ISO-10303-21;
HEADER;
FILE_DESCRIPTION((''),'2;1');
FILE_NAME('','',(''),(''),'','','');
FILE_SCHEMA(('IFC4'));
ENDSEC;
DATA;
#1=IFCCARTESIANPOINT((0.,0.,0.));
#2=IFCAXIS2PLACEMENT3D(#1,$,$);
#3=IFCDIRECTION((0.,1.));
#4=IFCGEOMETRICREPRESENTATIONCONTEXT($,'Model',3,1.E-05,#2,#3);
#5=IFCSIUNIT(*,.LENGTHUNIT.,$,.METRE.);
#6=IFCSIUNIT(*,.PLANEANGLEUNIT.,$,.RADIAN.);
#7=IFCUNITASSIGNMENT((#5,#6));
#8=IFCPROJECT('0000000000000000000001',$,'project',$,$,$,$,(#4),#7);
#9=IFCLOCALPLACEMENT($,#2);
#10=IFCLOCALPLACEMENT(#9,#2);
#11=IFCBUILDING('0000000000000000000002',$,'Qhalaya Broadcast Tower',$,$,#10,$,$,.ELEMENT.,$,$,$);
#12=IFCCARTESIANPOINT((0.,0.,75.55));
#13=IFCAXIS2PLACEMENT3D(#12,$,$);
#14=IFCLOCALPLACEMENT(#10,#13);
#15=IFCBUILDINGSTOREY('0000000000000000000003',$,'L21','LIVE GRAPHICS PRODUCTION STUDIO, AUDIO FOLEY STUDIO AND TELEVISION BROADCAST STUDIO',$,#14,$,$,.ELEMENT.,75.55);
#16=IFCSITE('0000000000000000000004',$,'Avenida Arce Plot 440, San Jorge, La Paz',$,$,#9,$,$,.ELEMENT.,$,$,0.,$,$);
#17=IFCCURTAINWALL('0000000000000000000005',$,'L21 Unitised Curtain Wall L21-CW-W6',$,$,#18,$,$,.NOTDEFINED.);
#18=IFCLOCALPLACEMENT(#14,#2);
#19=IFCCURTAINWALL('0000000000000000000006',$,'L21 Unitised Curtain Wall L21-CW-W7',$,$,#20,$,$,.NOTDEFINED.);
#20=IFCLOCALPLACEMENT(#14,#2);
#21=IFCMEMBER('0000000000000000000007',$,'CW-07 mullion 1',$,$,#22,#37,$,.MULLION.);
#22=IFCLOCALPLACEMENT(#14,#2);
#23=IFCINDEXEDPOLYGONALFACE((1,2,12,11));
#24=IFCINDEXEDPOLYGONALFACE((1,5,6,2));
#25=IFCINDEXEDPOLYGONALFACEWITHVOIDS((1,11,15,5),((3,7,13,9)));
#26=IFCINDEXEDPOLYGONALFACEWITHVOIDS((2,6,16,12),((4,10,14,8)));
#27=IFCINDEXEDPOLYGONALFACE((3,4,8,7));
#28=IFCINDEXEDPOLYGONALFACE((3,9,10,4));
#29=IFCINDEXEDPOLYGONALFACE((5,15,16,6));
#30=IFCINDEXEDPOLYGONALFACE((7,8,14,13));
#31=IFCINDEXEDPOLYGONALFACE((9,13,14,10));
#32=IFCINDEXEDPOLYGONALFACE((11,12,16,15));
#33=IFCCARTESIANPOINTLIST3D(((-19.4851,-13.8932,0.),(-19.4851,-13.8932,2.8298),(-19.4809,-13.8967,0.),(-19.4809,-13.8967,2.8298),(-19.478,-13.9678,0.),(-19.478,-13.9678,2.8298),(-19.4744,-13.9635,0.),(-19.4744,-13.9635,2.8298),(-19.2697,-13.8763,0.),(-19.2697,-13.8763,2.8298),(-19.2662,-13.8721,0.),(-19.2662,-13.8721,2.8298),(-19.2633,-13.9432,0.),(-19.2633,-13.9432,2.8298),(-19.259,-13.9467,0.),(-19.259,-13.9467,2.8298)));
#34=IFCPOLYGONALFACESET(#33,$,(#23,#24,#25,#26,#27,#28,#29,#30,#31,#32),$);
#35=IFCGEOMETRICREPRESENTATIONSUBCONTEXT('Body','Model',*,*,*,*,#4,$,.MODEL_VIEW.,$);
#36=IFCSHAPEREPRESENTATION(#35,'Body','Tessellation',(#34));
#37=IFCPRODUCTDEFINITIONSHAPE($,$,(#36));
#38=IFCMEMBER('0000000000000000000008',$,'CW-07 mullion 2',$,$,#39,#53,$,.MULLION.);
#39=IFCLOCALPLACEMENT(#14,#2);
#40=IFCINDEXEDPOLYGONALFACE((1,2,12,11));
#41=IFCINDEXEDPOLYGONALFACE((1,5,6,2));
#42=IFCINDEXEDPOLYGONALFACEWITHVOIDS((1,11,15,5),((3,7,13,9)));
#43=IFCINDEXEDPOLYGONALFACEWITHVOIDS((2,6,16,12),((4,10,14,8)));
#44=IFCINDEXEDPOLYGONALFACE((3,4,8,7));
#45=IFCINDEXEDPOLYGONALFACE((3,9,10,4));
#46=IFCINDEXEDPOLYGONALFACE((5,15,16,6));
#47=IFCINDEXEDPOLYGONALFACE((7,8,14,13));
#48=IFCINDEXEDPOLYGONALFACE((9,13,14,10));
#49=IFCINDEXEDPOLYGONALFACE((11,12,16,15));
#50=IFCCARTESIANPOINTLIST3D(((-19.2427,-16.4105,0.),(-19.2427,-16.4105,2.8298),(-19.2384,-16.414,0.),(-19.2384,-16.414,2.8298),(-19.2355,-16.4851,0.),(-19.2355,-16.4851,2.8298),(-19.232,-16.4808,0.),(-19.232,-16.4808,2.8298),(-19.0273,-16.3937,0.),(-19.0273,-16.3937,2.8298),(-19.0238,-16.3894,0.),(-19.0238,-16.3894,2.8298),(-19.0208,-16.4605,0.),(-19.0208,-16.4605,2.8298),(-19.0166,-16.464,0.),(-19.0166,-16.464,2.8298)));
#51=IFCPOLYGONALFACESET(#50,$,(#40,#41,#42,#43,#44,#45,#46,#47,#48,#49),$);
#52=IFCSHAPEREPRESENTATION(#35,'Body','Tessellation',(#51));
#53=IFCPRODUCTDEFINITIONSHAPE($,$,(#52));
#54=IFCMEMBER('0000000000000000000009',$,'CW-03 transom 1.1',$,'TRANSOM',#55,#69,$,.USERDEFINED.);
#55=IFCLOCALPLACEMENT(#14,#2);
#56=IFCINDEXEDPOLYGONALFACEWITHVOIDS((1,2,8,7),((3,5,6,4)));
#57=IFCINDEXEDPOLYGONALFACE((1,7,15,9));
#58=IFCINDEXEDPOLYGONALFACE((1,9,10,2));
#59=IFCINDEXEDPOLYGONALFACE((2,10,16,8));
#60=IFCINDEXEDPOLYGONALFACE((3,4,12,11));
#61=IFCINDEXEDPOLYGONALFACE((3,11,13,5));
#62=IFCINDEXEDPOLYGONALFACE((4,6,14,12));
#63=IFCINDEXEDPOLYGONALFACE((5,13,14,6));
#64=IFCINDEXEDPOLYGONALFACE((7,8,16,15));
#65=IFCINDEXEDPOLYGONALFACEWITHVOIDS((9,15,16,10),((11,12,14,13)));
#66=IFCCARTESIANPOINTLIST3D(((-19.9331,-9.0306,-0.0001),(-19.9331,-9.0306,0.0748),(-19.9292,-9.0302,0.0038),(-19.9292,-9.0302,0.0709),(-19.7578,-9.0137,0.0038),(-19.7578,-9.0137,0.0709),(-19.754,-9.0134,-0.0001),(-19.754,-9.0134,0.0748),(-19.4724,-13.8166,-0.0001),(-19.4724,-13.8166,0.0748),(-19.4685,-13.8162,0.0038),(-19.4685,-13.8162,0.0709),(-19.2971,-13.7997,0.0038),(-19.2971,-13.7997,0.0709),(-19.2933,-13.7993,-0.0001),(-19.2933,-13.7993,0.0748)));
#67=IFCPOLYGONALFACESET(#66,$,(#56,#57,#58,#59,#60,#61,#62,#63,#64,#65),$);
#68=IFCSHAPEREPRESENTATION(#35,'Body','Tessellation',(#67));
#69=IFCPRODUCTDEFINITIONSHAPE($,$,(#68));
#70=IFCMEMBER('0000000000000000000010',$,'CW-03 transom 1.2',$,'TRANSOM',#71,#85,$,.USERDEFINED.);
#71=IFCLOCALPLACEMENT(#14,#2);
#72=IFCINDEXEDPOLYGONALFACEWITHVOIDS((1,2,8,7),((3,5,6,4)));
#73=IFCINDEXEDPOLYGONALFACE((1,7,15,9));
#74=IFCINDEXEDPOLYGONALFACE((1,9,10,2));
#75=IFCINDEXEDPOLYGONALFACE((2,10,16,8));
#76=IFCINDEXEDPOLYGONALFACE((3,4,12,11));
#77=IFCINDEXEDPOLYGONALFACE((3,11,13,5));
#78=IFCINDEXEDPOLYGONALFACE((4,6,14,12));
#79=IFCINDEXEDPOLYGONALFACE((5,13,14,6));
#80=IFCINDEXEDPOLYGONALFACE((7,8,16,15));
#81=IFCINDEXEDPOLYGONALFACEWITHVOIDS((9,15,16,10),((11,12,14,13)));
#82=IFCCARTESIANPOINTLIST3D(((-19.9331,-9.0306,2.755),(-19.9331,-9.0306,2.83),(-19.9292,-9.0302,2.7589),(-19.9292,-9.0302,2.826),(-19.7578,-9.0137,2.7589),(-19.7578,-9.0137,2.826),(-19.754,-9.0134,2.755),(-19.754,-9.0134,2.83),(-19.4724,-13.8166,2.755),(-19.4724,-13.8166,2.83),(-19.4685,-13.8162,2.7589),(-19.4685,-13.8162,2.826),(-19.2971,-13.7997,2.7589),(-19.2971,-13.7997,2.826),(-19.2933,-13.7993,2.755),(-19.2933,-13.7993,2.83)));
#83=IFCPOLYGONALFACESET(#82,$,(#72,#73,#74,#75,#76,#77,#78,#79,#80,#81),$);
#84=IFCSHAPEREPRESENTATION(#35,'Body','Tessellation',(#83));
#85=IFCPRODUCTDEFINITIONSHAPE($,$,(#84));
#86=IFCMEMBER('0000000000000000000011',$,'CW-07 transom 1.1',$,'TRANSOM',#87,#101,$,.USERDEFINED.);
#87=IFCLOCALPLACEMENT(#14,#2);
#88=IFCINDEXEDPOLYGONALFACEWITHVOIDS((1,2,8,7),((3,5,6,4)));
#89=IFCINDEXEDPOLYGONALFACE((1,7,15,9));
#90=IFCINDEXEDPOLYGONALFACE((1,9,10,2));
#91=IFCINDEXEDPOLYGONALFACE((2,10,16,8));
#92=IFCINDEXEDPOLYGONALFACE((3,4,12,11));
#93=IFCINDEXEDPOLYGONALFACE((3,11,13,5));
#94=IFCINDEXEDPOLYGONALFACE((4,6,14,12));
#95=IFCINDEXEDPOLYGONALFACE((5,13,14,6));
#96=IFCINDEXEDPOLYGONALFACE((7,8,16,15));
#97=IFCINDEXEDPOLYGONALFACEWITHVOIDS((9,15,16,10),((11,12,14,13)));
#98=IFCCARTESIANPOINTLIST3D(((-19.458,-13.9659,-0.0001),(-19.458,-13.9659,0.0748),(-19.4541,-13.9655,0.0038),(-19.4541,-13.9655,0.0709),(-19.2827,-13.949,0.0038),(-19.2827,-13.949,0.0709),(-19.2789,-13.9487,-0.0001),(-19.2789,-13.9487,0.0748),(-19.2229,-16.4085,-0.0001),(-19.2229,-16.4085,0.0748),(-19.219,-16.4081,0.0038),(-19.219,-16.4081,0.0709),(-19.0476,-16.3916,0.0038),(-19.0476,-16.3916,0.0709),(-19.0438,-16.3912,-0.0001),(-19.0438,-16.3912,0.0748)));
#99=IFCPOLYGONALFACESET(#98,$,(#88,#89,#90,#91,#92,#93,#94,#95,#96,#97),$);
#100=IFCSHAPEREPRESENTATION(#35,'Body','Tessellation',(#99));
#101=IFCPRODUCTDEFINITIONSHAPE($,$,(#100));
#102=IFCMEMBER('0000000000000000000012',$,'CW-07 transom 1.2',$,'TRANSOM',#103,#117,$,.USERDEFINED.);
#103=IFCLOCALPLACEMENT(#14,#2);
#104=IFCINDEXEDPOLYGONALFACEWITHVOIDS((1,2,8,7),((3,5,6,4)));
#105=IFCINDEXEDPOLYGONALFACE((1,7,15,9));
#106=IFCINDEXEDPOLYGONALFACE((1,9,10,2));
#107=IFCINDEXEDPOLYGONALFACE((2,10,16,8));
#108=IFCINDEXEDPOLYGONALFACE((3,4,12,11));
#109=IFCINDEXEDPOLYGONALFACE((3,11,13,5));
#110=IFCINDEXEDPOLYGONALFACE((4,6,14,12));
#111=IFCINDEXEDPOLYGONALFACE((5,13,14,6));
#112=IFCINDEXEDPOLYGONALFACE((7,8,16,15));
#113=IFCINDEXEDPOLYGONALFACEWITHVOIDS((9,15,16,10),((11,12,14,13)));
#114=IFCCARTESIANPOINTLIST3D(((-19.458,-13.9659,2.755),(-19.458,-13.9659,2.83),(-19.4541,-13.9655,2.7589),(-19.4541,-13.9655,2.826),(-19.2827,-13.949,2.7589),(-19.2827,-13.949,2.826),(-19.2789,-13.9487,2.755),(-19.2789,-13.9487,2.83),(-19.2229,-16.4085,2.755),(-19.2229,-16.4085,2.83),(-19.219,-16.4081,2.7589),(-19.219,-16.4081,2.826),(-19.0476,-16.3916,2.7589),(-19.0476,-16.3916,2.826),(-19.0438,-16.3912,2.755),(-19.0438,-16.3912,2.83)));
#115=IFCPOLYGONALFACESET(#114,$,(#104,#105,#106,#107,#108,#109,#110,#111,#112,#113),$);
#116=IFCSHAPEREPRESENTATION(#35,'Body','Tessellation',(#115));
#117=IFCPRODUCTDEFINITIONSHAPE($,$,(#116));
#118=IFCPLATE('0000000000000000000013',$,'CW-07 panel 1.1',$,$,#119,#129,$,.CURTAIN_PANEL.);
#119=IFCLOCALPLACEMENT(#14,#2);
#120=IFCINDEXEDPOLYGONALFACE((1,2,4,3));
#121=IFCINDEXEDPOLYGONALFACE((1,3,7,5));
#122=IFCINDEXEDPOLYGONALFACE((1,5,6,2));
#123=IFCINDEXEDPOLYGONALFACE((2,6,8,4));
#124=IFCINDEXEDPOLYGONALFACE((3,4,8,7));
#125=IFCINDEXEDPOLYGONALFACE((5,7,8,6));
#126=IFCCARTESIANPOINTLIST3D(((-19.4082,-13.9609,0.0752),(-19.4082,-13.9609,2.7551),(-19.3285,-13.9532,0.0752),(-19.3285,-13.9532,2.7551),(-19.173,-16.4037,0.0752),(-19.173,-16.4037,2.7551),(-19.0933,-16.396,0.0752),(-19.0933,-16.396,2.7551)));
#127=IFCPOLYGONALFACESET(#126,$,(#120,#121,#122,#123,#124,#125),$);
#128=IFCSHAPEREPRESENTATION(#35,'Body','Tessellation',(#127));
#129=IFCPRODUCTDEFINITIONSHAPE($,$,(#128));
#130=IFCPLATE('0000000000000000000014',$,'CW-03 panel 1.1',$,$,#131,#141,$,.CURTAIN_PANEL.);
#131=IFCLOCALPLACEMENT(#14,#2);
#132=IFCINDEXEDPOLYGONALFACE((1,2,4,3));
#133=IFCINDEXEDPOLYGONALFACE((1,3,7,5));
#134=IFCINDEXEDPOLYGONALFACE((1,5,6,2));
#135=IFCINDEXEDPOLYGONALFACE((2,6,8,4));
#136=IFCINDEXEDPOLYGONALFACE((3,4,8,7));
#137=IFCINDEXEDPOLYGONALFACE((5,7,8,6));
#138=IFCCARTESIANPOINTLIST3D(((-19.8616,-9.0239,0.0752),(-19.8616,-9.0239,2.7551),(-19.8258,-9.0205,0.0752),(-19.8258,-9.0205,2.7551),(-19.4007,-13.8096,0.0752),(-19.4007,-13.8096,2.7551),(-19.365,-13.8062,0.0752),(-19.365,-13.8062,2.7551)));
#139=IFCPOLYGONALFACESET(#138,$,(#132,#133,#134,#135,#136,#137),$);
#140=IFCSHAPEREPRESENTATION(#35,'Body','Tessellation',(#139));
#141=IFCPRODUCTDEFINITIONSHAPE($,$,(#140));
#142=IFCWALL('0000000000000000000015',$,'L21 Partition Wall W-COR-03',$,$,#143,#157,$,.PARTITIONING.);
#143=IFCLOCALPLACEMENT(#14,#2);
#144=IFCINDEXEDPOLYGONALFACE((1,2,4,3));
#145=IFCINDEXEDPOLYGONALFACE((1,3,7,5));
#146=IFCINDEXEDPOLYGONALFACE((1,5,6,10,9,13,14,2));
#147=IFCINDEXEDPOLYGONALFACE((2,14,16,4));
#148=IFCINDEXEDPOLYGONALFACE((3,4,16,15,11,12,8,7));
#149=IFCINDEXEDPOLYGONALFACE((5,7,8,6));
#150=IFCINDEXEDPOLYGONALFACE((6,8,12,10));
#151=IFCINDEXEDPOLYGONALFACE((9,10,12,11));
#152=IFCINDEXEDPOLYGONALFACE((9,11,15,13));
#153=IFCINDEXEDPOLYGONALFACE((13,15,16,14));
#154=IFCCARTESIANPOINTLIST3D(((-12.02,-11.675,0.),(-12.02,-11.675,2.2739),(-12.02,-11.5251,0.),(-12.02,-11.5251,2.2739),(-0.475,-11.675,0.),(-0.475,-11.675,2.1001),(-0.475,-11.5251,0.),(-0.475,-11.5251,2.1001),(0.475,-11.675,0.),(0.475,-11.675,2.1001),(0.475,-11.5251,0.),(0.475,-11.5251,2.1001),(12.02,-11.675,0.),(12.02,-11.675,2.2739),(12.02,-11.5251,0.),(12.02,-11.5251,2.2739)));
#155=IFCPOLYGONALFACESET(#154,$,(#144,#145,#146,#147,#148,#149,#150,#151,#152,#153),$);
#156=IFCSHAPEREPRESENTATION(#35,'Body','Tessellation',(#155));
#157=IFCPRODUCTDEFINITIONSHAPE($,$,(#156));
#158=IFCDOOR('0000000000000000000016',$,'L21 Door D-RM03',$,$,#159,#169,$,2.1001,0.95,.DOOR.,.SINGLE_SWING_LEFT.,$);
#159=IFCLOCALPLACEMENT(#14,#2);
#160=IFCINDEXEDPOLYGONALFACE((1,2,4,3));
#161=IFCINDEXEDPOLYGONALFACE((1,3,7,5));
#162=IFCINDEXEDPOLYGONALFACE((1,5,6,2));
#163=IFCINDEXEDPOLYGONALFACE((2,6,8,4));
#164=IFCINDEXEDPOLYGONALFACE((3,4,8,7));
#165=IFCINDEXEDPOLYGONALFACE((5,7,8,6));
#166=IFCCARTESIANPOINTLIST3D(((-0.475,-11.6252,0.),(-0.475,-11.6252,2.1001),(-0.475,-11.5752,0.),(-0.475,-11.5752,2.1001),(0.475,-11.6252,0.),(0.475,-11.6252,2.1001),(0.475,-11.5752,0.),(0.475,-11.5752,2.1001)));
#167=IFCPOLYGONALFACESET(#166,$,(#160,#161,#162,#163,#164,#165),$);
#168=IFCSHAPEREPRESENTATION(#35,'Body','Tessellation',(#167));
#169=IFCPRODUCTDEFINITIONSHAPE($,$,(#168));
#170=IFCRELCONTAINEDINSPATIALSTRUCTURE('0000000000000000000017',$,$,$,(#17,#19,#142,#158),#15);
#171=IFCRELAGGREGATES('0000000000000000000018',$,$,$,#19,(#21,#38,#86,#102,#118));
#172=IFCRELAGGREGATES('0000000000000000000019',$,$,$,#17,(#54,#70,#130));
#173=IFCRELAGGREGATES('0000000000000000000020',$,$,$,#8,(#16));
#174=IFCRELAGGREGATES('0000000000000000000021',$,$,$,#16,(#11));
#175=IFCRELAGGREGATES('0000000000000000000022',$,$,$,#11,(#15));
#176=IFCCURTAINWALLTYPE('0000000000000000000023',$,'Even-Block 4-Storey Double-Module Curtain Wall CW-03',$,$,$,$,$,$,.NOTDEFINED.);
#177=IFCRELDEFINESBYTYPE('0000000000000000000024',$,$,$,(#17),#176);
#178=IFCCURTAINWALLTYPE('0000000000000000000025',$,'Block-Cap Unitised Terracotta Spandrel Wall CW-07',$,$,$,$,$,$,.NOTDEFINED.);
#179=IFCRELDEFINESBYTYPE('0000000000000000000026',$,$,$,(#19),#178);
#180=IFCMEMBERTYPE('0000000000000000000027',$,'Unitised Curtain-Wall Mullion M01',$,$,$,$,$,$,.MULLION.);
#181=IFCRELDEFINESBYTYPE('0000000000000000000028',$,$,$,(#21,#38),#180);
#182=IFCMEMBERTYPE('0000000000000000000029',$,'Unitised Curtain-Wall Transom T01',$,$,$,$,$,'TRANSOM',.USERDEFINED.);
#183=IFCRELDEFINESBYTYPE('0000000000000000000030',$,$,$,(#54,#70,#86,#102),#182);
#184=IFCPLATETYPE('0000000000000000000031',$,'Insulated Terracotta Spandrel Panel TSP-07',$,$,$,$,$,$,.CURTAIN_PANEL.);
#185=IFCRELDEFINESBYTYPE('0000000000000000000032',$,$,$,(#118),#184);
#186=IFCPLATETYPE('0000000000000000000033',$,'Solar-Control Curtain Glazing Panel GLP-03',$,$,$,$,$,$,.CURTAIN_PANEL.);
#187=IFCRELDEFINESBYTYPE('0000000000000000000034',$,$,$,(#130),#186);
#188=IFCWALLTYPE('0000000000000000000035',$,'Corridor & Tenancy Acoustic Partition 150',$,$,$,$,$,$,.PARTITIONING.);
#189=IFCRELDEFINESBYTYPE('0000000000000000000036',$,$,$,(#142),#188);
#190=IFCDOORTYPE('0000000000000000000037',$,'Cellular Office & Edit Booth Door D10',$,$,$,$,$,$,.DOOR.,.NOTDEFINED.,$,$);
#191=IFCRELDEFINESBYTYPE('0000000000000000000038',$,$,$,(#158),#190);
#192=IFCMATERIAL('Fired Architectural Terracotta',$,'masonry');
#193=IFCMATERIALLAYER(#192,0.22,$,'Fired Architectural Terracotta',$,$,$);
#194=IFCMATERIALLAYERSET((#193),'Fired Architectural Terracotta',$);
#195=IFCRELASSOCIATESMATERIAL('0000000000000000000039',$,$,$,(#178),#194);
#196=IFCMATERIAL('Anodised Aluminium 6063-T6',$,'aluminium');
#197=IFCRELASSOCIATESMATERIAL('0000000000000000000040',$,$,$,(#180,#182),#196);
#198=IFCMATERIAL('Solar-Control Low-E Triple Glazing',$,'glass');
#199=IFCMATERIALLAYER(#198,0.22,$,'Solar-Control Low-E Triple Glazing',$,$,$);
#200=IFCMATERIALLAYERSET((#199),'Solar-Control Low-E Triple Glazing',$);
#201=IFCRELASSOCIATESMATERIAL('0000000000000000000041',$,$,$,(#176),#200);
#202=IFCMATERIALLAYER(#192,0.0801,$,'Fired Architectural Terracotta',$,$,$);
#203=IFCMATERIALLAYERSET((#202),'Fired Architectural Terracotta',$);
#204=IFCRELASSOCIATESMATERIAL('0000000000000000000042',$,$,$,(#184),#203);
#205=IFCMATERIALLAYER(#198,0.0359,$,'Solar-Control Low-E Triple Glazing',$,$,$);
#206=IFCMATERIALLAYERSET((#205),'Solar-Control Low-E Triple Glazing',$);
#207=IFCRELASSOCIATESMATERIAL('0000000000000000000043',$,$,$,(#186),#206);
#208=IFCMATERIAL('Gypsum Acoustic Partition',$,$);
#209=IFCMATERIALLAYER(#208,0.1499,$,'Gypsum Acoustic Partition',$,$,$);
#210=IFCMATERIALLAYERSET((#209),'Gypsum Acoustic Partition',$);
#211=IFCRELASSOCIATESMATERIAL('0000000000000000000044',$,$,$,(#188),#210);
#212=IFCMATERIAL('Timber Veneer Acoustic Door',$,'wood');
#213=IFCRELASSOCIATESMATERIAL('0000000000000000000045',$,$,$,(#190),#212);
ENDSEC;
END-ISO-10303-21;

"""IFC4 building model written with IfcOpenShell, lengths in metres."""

from ifc_helpers import new_model, si_unit, direction, frame, frame_2d, origin, origin_2d, place, context, subcontext, project, spatial, rectangle, hollow_rectangle, extrude, material, layer, layer_set, material_profile, profile_set, type_object, element, fill, aggregate, save


model = new_model("IFC4")

# Units and contexts
model_context = context("Model", 3, precision=1e-05, world=origin(), true_north=direction((0.0, 1.0)))
body_context = subcontext(model_context, "Body", "Model", "MODEL_VIEW")
ifc_project = project(units=[si_unit("LENGTHUNIT", "METRE"), si_unit("PLANEANGLEUNIT", "RADIAN")], contexts=[model_context])

# Site, building, storey
site_placement = place(None, origin())
site = spatial("IfcSite", under=ifc_project, at=site_placement, Name="Avenida Arce Plot 440, San Jorge, La Paz", CompositionType="ELEMENT", RefElevation=0.0)
building_placement = place(site_placement, origin())
building = spatial("IfcBuilding", under=site, at=building_placement, Name="Qhalaya Broadcast Tower", CompositionType="ELEMENT")
storey_placement = place(building_placement, frame((0.0, 0.0, 75.55)))
storey = spatial("IfcBuildingStorey", under=building, at=storey_placement, Name="L21", Description="LIVE GRAPHICS PRODUCTION STUDIO, AUDIO FOLEY STUDIO AND TELEVISION BROADCAST STUDIO", CompositionType="ELEMENT", Elevation=75.55)

# Curtain wall
ifc_material_1 = material(Name="Fired Architectural Terracotta", Category="masonry")
ifc_layer_1 = layer(ifc_material_1, 0.22, Name="Fired Architectural Terracotta")
ifc_layer_set_1 = layer_set([ifc_layer_1], Name="Fired Architectural Terracotta")
curtain_wall_type_1 = type_object("IfcCurtainWallType", Name="Block-Cap Unitised Terracotta Spandrel Wall CW-07", PredefinedType="NOTDEFINED", material=ifc_layer_set_1)
ifc_material_2 = material(Name="Anodised Aluminium 6063-T6", Category="aluminium")
ifc_material_profile_1 = material_profile(ifc_material_2, hollow_rectangle(XDim=0.075, YDim=0.22, WallThickness=0.0039, at=origin_2d()), Name="ALU-MUL 75x220x4")
ifc_profile_set_1 = profile_set([ifc_material_profile_1], Name="Anodised Aluminium 6063-T6")
member_type_1 = type_object("IfcMemberType", Name="Unitised Curtain-Wall Mullion M01", PredefinedType="MULLION", material=ifc_profile_set_1)
ifc_material_3 = material(Name="Solar-Control Low-E Triple Glazing", Category="glass")
ifc_layer_2 = layer(ifc_material_3, 0.22, Name="Solar-Control Low-E Triple Glazing")
ifc_layer_set_2 = layer_set([ifc_layer_2], Name="Solar-Control Low-E Triple Glazing")
curtain_wall_type_2 = type_object("IfcCurtainWallType", Name="Even-Block 4-Storey Double-Module Curtain Wall CW-03", PredefinedType="NOTDEFINED", material=ifc_layer_set_2)
curtain_wall_1_placement = place(storey_placement, origin())
curtain_wall_1 = element("IfcCurtainWall", 1, at=curtain_wall_1_placement, inside=storey, type_object=curtain_wall_type_2, Name="L21 Unitised Curtain Wall L21-CW-W6", PredefinedType="NOTDEFINED")

# Curtain wall, members
curtain_wall_2_placement = place(storey_placement, origin())
curtain_wall_2 = element("IfcCurtainWall", 2, at=curtain_wall_2_placement, inside=storey, type_object=curtain_wall_type_1, Name="L21 Unitised Curtain Wall L21-CW-W7", PredefinedType="NOTDEFINED")
member_1_placement = place(storey_placement, frame((-19.3721, -13.9199, 0.0), z_axis=(0.0, 0.0, 1.0), x_axis=(0.095849, -0.995396, 0.0)))
member_1 = element("IfcMember", 3, at=member_1_placement, type_object=member_type_1, Name="CW-07 mullion 1", PredefinedType="MULLION", context=body_context, shape_type="SweptSolid", body=[
    extrude(hollow_rectangle(XDim=0.075, YDim=0.22, WallThickness=0.0039, at=origin_2d()), origin(), (0.0, 0.0, 1.0), 2.8298),
])
member_2_placement = place(storey_placement, frame((-19.1296, -16.4373, 0.0), z_axis=(0.0, 0.0, 1.0), x_axis=(0.095849, -0.995396, 0.0)))
member_2 = element("IfcMember", 4, at=member_2_placement, type_object=member_type_1, Name="CW-07 mullion 2", PredefinedType="MULLION", context=body_context, shape_type="SweptSolid", body=[
    extrude(hollow_rectangle(XDim=0.075, YDim=0.22, WallThickness=0.0039, at=origin_2d()), origin(), (0.0, 0.0, 1.0), 2.8298),
])

# Members
ifc_material_profile_2 = material_profile(ifc_material_2, hollow_rectangle(XDim=0.075, YDim=0.1799, WallThickness=0.0039, at=origin_2d()), Name="ALU-TRN 75x180x4")
ifc_profile_set_2 = profile_set([ifc_material_profile_2], Name="Anodised Aluminium 6063-T6")
member_type_2 = type_object("IfcMemberType", Name="Unitised Curtain-Wall Transom T01", ElementType="TRANSOM", PredefinedType="USERDEFINED", material=ifc_profile_set_2)
member_3_placement = place(storey_placement, frame((-19.8435, -9.022, 0.0374), z_axis=(0.095818, -0.995399, 0.0), x_axis=(0.0, 0.0, 1.0)))
member_3 = element("IfcMember", 5, at=member_3_placement, type_object=member_type_2, Name="CW-03 transom 1.1", ObjectType="TRANSOM", PredefinedType="USERDEFINED", context=body_context, shape_type="SweptSolid", body=[
    extrude(hollow_rectangle(XDim=0.075, YDim=0.1799, WallThickness=0.0039, at=origin_2d()), origin(), (0.0, 0.0, 1.0), 4.8081),
])
member_4_placement = place(storey_placement, frame((-19.8435, -9.022, 2.7925), z_axis=(0.095818, -0.995399, 0.0), x_axis=(0.0, 0.0, 1.0)))
member_4 = element("IfcMember", 6, at=member_4_placement, type_object=member_type_2, Name="CW-03 transom 1.2", ObjectType="TRANSOM", PredefinedType="USERDEFINED", context=body_context, shape_type="SweptSolid", body=[
    extrude(hollow_rectangle(XDim=0.075, YDim=0.1799, WallThickness=0.0039, at=origin_2d()), origin(), (0.0, 0.0, 1.0), 4.8081),
])
member_5_placement = place(storey_placement, frame((-19.3684, -13.9573, 0.0374), z_axis=(0.095809, -0.9954, 0.0), x_axis=(0.0, 0.0, 1.0)))
member_5 = element("IfcMember", 7, at=member_5_placement, type_object=member_type_2, Name="CW-07 transom 1.1", ObjectType="TRANSOM", PredefinedType="USERDEFINED", context=body_context, shape_type="SweptSolid", body=[
    extrude(hollow_rectangle(XDim=0.075, YDim=0.1799, WallThickness=0.0039, at=origin_2d()), origin(), (0.0, 0.0, 1.0), 2.4539),
])
member_6_placement = place(storey_placement, frame((-19.3684, -13.9573, 2.7925), z_axis=(0.095809, -0.9954, 0.0), x_axis=(0.0, 0.0, 1.0)))
member_6 = element("IfcMember", 8, at=member_6_placement, type_object=member_type_2, Name="CW-07 transom 1.2", ObjectType="TRANSOM", PredefinedType="USERDEFINED", context=body_context, shape_type="SweptSolid", body=[
    extrude(hollow_rectangle(XDim=0.075, YDim=0.1799, WallThickness=0.0039, at=origin_2d()), origin(), (0.0, 0.0, 1.0), 2.4539),
])

# Plates
ifc_layer_3 = layer(ifc_material_1, 0.0801, Name="Fired Architectural Terracotta")
ifc_layer_set_3 = layer_set([ifc_layer_3], Name="Fired Architectural Terracotta")
plate_type_1 = type_object("IfcPlateType", Name="Insulated Terracotta Spandrel Panel TSP-07", PredefinedType="CURTAIN_PANEL", material=ifc_layer_set_3)
plate_1_placement = place(storey_placement, frame((-19.2507, -15.1785, 0.0752), z_axis=(0.0, 0.0, 1.0), x_axis=(0.095849, -0.995396, 0.0)))
plate_1 = element("IfcPlate", 9, at=plate_1_placement, type_object=plate_type_1, Name="CW-07 panel 1.1", PredefinedType="CURTAIN_PANEL", context=body_context, shape_type="SweptSolid", body=[
    extrude(rectangle(XDim=2.4541, YDim=0.0801, at=origin_2d()), origin(), (0.0, 0.0, 1.0), 2.6799),
])
aggregate(curtain_wall_2, [member_1, member_2, member_5, member_6, plate_1])
ifc_layer_4 = layer(ifc_material_3, 0.0359, Name="Solar-Control Low-E Triple Glazing")
ifc_layer_set_4 = layer_set([ifc_layer_4], Name="Solar-Control Low-E Triple Glazing")
plate_type_2 = type_object("IfcPlateType", Name="Solar-Control Curtain Glazing Panel GLP-03", PredefinedType="CURTAIN_PANEL", material=ifc_layer_set_4)
plate_2_placement = place(storey_placement, frame((-19.6133, -11.415, 0.0752), z_axis=(0.0, 0.0, 1.0), x_axis=(0.095847, -0.995396, 0.0)))
plate_2 = element("IfcPlate", 10, at=plate_2_placement, type_object=plate_type_2, Name="CW-03 panel 1.1", PredefinedType="CURTAIN_PANEL", context=body_context, shape_type="SweptSolid", body=[
    extrude(rectangle(XDim=4.8079, YDim=0.0359, at=origin_2d()), origin(), (0.0, 0.0, 1.0), 2.6799),
])
aggregate(curtain_wall_1, [member_3, member_4, plate_2])

# Wall, opening, door
ifc_material_4 = material(Name="Gypsum Acoustic Partition")
ifc_layer_5 = layer(ifc_material_4, 0.1499, Name="Gypsum Acoustic Partition")
ifc_layer_set_5 = layer_set([ifc_layer_5], Name="Gypsum Acoustic Partition")
wall_type_1 = type_object("IfcWallType", Name="Corridor & Tenancy Acoustic Partition 150", PredefinedType="PARTITIONING", material=ifc_layer_set_5)
wall_1_placement = place(storey_placement, frame((-12.02, -11.6001, 0.0), z_axis=(0.0, 0.0, 1.0), x_axis=(1.0, 0.0, 0.0)))
wall_1 = element("IfcWall", 11, at=wall_1_placement, inside=storey, type_object=wall_type_1, Name="L21 Partition Wall W-COR-03", PredefinedType="PARTITIONING", context=body_context, shape_type="SweptSolid", body=[
    extrude(rectangle(XDim=24.04, YDim=0.1499, at=frame_2d((12.02, 0.0))), origin(), (0.0, 0.0, 1.0), 2.2739),
])
opening_1_placement = place(wall_1_placement, frame((11.5449, 0.0, 0.0)))
opening_1 = element("IfcOpeningElement", 12, at=opening_1_placement, cuts=wall_1, PredefinedType="OPENING", context=body_context, shape_type="SweptSolid", body=[
    extrude(rectangle(XDim=0.95, YDim=2.1001, at=frame_2d((0.4751, 1.05))), frame((0.0, 0.0869, 0.0), z_axis=(0.0, -1.0, 0.0), x_axis=(1.0, 0.0, 0.0)), (0.0, 0.0, 1.0), 0.1738),
])
ifc_material_5 = material(Name="Timber Veneer Acoustic Door", Category="wood")
door_type = type_object("IfcDoorType", Name="Cellular Office & Edit Booth Door D10", OperationType="NOTDEFINED", PredefinedType="DOOR", material=ifc_material_5)
door_1_placement = place(opening_1_placement, origin())
door_1 = element("IfcDoor", 13, at=door_1_placement, inside=storey, type_object=door_type, Name="L21 Door D-RM03", OperationType="SINGLE_SWING_LEFT", OverallHeight=2.1001, OverallWidth=0.95, PredefinedType="DOOR", context=body_context, shape_type="SweptSolid", body=[
    extrude(rectangle(XDim=0.95, YDim=2.1001, at=frame_2d((0.4751, 1.05))), frame((0.0, 0.0249, 0.0), z_axis=(0.0, -1.0, 0.0), x_axis=(1.0, 0.0, 0.0)), (0.0, 0.0, 1.0), 0.05),
])
fill(opening_1, door_1)

save(model, "model.ifc")
